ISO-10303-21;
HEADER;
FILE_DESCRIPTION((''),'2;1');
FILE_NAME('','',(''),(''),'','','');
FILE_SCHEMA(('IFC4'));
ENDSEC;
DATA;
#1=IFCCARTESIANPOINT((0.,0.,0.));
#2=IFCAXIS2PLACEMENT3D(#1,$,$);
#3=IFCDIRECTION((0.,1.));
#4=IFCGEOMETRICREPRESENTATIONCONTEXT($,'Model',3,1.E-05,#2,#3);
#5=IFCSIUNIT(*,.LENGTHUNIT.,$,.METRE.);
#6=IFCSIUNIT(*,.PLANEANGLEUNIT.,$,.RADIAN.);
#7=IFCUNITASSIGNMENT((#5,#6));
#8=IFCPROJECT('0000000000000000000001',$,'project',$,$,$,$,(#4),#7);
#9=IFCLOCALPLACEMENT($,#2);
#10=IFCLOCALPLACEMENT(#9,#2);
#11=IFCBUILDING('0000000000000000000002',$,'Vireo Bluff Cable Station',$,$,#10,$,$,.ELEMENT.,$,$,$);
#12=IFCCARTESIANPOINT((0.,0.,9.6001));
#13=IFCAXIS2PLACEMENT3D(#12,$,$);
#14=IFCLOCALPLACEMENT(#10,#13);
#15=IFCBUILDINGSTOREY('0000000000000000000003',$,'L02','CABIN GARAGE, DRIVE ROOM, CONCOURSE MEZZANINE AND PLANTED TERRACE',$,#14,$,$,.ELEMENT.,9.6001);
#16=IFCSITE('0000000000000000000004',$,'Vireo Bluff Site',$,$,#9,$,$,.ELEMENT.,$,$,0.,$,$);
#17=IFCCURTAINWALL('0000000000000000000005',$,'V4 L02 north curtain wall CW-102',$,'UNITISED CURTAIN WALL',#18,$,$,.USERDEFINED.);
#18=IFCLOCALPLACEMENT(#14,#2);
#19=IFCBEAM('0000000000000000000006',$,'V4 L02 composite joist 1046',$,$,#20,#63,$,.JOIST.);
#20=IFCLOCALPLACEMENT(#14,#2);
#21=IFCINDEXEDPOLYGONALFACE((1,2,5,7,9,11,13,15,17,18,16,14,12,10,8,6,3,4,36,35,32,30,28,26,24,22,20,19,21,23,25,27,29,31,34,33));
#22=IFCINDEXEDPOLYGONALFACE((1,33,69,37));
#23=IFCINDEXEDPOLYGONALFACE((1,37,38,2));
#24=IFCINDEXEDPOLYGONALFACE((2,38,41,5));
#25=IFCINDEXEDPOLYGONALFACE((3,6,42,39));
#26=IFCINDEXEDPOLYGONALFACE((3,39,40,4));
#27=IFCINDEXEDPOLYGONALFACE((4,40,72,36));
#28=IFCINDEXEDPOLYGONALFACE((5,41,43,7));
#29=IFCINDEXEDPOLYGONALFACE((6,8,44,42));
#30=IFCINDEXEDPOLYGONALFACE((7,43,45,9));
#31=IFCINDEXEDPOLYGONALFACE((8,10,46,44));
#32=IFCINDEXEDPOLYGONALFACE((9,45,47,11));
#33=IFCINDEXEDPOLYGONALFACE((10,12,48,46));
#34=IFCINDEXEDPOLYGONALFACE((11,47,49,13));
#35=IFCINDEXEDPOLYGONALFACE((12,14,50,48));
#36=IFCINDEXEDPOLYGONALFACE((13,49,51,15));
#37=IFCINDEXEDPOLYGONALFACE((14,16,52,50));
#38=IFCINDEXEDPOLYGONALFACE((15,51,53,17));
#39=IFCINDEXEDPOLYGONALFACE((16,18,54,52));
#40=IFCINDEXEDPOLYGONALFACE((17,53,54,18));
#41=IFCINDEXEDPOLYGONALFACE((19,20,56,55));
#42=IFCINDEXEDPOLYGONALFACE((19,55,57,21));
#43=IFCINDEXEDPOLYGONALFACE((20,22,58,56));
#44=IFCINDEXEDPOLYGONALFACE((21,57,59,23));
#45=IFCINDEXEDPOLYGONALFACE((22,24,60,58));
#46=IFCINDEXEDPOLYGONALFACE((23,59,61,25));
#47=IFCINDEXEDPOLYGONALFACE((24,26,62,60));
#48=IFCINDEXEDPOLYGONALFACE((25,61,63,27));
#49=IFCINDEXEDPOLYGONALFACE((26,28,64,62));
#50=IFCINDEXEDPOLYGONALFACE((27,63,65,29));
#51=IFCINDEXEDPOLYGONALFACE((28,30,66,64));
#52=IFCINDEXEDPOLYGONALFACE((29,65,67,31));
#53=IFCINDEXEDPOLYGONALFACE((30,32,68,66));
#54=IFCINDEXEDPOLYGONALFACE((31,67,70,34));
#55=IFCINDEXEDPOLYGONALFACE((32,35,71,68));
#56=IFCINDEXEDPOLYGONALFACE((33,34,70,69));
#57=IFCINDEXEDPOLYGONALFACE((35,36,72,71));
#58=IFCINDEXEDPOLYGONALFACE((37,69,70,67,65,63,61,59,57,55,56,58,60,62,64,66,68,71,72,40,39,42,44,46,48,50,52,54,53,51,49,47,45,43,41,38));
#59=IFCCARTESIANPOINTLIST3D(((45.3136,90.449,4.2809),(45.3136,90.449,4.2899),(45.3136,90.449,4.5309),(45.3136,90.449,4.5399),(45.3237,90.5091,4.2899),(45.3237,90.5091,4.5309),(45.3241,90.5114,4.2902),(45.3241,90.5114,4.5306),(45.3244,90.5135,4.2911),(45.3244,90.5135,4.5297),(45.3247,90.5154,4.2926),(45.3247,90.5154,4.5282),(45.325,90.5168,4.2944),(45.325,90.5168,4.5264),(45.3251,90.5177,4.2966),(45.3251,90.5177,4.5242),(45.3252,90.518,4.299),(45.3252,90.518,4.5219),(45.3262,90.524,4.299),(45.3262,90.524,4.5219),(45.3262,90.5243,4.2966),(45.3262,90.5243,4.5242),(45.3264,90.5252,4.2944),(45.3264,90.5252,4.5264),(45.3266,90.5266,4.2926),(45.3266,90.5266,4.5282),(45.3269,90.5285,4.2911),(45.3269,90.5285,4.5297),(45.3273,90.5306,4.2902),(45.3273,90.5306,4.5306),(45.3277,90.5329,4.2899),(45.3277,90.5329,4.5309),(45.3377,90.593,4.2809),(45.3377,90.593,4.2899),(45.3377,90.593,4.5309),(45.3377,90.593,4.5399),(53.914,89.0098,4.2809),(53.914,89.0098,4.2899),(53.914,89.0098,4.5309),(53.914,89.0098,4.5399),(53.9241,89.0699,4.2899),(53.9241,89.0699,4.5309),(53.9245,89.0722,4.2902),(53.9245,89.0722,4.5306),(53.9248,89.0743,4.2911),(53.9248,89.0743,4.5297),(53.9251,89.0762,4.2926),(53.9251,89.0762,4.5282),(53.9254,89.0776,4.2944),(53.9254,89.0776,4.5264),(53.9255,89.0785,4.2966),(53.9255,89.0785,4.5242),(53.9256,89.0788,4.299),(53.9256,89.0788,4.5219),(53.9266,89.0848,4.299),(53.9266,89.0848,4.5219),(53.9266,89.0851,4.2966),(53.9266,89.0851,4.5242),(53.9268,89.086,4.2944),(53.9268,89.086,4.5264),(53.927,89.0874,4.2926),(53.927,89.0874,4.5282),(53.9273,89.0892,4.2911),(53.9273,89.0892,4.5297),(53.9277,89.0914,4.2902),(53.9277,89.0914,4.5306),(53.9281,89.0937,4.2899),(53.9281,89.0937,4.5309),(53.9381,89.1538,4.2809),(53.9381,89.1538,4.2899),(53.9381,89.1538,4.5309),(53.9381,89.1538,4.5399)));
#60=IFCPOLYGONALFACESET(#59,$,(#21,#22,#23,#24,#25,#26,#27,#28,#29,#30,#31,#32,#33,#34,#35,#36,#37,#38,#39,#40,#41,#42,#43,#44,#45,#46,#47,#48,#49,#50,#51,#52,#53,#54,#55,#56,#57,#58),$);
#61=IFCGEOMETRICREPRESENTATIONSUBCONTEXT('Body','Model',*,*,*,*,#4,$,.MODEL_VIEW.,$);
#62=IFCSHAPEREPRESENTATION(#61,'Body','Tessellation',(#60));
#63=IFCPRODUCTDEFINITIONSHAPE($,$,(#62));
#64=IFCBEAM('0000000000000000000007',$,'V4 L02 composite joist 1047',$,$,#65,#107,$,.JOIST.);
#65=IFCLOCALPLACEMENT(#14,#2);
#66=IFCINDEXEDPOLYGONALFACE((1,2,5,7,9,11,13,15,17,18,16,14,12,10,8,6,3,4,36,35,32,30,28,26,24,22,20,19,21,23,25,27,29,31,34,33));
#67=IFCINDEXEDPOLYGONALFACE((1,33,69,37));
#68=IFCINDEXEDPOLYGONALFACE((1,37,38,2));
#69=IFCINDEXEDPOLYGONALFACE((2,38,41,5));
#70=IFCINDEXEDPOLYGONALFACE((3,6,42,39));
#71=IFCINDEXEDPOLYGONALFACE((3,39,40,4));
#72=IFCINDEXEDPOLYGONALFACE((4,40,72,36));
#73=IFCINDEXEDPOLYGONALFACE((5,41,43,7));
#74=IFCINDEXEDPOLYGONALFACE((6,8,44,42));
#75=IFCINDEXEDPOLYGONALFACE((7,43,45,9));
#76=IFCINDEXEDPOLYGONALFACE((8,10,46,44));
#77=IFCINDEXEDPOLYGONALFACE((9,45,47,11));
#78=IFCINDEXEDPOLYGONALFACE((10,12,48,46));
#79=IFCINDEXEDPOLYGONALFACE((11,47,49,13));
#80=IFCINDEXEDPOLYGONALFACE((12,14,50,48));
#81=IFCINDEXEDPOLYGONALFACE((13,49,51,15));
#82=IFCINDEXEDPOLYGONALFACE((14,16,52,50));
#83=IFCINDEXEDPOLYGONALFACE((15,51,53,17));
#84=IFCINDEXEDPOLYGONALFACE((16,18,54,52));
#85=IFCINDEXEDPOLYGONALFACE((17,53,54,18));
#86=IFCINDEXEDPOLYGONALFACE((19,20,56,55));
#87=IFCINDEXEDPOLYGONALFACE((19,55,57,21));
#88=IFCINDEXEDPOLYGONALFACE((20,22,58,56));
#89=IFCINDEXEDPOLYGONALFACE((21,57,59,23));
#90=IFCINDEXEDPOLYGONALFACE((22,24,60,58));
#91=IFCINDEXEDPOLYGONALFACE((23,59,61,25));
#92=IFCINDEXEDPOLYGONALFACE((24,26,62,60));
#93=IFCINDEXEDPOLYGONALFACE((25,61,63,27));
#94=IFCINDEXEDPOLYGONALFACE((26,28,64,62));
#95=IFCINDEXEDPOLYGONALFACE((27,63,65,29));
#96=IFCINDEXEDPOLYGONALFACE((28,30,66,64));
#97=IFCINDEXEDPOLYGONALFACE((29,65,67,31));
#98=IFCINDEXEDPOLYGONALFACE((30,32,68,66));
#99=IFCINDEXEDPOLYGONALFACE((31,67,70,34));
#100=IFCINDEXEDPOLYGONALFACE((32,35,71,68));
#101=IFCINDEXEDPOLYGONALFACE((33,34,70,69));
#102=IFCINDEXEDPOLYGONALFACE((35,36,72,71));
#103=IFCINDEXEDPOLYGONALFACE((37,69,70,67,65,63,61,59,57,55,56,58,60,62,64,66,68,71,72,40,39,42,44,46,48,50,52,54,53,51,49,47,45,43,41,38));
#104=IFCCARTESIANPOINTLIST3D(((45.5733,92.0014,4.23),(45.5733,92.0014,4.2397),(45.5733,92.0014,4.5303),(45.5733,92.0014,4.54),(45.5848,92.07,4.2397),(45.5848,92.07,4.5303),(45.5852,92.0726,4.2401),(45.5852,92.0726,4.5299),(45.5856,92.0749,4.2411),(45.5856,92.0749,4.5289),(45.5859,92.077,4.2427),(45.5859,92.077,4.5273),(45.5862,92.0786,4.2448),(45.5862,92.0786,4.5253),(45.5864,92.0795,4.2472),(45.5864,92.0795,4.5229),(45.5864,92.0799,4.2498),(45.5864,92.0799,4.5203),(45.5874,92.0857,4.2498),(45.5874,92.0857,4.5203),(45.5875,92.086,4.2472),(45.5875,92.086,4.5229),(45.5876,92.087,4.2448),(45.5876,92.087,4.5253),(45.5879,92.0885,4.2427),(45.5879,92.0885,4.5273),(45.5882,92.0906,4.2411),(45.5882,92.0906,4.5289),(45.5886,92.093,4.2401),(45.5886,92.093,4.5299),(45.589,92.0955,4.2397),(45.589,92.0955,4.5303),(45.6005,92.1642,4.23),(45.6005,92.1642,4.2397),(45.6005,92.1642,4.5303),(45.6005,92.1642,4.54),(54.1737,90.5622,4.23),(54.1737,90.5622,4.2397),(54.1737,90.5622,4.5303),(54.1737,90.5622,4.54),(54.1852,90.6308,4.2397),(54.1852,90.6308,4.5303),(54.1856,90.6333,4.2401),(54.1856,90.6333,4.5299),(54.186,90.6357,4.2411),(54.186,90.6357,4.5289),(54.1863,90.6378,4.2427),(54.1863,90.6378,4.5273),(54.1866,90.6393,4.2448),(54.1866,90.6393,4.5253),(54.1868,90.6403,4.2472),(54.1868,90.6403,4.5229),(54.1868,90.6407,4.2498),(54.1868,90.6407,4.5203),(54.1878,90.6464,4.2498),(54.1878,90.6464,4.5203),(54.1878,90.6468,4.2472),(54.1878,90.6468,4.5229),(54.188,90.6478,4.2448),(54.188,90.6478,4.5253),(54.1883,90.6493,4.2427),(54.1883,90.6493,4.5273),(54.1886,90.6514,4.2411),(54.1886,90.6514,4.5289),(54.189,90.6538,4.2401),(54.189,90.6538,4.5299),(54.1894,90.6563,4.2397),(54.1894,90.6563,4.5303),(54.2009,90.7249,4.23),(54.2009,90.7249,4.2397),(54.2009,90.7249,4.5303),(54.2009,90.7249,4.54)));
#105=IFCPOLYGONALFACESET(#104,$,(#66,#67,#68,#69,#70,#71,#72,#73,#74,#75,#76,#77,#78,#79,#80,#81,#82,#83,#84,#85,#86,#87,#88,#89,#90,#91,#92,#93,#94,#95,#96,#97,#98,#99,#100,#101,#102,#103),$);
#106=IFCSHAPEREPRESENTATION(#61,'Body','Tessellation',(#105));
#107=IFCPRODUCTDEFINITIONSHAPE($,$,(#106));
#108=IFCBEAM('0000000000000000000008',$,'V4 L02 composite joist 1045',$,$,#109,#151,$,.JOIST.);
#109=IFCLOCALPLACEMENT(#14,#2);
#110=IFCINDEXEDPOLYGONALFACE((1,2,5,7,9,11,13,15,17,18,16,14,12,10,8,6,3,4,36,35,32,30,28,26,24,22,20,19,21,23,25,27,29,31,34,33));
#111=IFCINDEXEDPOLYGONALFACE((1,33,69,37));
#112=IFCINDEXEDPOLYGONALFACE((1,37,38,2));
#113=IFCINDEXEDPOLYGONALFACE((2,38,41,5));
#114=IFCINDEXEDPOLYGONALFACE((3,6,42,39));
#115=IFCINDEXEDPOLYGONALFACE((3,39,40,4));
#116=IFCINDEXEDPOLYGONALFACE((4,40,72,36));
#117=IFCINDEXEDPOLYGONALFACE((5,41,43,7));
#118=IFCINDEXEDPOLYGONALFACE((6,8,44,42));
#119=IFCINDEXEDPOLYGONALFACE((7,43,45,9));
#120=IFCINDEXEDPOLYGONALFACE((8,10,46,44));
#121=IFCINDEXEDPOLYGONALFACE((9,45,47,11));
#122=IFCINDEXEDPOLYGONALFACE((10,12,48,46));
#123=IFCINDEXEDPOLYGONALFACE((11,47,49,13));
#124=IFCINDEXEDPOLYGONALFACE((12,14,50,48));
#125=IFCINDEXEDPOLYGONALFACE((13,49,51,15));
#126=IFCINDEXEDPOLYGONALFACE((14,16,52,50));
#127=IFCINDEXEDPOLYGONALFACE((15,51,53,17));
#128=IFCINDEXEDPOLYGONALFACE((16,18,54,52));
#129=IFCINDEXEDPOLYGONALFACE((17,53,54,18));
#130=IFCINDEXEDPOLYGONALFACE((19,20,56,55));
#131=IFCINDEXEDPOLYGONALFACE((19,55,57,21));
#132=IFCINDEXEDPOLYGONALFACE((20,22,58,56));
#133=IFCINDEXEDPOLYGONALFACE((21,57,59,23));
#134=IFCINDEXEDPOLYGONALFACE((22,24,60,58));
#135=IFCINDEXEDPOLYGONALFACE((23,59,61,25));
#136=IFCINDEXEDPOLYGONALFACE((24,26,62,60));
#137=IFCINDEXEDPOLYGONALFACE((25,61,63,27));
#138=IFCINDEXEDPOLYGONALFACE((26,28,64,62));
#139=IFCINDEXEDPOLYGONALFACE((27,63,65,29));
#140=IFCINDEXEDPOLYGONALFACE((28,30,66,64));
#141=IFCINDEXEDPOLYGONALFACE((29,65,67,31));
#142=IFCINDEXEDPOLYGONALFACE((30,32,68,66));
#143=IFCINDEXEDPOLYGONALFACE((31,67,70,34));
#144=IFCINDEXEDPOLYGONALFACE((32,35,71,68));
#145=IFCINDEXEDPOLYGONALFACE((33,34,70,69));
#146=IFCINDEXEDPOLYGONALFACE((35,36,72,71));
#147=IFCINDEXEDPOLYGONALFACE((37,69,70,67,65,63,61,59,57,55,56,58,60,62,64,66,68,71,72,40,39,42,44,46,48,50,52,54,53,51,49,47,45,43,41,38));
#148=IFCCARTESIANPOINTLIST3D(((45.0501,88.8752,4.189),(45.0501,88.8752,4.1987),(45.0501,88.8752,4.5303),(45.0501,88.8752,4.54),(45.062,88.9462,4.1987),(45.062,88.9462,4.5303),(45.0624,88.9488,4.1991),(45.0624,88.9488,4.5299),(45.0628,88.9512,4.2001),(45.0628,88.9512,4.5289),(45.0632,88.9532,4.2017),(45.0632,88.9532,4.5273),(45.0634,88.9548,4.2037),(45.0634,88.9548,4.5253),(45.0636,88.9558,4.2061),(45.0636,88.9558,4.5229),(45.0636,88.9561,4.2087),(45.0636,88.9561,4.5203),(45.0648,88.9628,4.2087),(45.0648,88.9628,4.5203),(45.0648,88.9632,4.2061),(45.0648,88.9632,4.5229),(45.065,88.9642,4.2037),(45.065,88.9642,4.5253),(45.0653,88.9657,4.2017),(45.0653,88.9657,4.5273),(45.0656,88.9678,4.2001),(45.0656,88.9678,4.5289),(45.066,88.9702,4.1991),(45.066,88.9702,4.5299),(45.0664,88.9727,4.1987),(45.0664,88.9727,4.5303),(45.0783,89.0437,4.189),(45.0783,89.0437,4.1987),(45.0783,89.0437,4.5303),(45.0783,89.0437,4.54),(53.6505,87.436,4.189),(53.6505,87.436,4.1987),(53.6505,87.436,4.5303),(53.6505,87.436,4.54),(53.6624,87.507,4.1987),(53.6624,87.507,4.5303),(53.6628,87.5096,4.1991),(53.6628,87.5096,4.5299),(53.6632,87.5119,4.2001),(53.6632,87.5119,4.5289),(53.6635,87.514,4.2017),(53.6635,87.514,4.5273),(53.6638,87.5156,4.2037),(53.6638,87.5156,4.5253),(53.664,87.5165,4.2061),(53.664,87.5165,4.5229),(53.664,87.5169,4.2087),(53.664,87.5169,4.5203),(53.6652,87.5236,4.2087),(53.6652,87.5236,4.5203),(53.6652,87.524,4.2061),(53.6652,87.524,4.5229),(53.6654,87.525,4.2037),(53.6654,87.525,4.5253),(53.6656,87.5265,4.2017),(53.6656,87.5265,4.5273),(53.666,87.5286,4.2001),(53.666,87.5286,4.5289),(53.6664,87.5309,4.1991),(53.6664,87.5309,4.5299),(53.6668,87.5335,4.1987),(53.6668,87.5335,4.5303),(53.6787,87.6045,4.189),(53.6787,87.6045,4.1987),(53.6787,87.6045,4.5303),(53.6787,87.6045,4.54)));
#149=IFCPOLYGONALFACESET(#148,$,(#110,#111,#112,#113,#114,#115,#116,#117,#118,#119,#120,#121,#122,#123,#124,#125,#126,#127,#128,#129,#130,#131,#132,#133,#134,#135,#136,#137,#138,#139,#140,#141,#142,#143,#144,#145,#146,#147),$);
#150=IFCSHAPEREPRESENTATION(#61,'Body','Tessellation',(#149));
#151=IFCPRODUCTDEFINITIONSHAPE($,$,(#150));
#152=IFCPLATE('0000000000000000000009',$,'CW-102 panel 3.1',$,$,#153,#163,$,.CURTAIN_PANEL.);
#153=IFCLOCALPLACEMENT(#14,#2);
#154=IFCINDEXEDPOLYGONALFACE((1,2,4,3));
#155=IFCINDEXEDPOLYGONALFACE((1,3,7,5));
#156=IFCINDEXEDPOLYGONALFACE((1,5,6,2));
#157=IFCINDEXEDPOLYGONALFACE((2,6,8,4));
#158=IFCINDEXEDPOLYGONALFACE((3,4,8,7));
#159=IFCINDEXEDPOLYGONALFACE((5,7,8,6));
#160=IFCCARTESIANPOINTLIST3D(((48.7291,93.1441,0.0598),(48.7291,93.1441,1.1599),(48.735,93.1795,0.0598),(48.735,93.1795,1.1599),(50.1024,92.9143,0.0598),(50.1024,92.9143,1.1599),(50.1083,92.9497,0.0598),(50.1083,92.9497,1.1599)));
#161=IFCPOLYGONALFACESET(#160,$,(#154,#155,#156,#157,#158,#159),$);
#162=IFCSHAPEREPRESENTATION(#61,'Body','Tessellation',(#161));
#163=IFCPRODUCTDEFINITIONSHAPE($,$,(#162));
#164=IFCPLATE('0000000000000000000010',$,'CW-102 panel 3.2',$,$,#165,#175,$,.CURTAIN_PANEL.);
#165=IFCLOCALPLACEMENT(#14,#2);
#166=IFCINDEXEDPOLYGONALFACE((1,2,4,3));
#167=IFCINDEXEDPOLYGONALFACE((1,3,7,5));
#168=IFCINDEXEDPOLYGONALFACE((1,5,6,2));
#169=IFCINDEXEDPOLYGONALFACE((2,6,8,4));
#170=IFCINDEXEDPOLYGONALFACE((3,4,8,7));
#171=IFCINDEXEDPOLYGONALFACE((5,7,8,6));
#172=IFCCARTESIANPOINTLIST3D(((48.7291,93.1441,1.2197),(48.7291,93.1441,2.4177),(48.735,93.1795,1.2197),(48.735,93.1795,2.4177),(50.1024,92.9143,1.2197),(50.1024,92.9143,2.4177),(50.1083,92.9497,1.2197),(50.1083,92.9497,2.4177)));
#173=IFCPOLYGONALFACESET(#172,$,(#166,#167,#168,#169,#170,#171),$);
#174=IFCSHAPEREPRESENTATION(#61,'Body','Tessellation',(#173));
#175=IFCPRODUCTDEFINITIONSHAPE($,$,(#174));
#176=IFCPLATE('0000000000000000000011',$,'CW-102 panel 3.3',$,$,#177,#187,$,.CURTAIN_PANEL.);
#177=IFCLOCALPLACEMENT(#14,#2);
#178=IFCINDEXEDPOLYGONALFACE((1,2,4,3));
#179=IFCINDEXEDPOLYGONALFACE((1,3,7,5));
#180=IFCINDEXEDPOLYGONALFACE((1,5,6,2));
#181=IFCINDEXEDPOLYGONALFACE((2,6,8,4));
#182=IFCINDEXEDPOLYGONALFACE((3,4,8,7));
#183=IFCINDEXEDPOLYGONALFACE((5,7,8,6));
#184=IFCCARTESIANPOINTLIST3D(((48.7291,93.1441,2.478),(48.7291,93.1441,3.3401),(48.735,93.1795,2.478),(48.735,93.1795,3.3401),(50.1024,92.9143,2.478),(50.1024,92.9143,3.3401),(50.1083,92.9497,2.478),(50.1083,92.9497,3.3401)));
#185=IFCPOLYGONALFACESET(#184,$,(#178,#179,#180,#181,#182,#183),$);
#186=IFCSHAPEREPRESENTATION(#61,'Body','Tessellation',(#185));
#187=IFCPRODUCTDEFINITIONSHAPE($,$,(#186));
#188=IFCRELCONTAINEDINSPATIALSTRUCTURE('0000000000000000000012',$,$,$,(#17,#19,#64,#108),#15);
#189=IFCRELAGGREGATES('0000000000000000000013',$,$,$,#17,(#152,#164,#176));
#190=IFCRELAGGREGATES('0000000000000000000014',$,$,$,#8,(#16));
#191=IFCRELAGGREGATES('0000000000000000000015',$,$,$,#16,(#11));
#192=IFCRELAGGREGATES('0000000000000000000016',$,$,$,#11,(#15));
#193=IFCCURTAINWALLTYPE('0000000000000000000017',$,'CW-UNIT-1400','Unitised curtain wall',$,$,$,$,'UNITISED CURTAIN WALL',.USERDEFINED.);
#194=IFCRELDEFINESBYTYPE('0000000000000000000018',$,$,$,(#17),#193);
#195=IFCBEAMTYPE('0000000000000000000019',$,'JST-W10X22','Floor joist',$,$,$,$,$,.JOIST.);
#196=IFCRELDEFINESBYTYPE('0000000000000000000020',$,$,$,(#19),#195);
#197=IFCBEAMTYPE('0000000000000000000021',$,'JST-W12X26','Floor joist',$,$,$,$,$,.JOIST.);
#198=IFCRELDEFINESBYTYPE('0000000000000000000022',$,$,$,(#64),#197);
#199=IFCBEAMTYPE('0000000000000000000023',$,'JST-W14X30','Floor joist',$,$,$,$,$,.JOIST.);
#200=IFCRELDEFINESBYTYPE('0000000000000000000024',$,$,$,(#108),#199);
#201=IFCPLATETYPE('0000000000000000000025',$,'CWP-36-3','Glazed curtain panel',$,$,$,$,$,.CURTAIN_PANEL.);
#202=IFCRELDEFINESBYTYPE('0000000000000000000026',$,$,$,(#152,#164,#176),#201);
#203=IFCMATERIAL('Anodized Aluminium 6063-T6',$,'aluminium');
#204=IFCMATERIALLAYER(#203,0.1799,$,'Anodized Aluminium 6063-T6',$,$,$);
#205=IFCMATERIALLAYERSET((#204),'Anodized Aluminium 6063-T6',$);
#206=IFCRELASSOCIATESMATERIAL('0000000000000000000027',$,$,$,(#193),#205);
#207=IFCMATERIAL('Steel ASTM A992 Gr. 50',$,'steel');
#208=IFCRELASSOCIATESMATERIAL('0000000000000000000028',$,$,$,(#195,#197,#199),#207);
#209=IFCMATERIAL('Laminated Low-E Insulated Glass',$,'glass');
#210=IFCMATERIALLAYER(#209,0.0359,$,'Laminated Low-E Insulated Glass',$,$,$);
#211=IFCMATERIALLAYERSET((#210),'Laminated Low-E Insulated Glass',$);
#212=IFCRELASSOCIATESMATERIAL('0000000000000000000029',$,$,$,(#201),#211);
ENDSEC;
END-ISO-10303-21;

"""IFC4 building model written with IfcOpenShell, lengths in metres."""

from ifc_helpers import new_model, si_unit, direction, frame, origin, origin_2d, place, context, subcontext, project, spatial, rectangle, i_section, extrude, material, layer, layer_set, material_profile, profile_set, type_object, element, aggregate, save


model = new_model("IFC4")

# Units and contexts
model_context = context("Model", 3, precision=1e-05, world=origin(), true_north=direction((0.0, 1.0)))
body_context = subcontext(model_context, "Body", "Model", "MODEL_VIEW")
ifc_project = project(units=[si_unit("LENGTHUNIT", "METRE"), si_unit("PLANEANGLEUNIT", "RADIAN")], contexts=[model_context])

# Site, building, storey
site_placement = place(None, origin())
site = spatial("IfcSite", under=ifc_project, at=site_placement, Name="Vireo Bluff Site", CompositionType="ELEMENT", RefElevation=0.0)
building_placement = place(site_placement, origin())
building = spatial("IfcBuilding", under=site, at=building_placement, Name="Vireo Bluff Cable Station", CompositionType="ELEMENT")
storey_placement = place(building_placement, frame((0.0, 0.0, 9.6001)))
storey = spatial("IfcBuildingStorey", under=building, at=storey_placement, Name="L02", Description="CABIN GARAGE, DRIVE ROOM, CONCOURSE MEZZANINE AND PLANTED TERRACE", CompositionType="ELEMENT", Elevation=9.6001)

# Curtain wall
ifc_material_1 = material(Name="Anodized Aluminium 6063-T6", Category="aluminium")
ifc_layer_1 = layer(ifc_material_1, 0.1799, Name="Anodized Aluminium 6063-T6")
ifc_layer_set_1 = layer_set([ifc_layer_1], Name="Anodized Aluminium 6063-T6")
curtain_wall_type = type_object("IfcCurtainWallType", Name="CW-UNIT-1400", Description="Unitised curtain wall", ElementType="UNITISED CURTAIN WALL", PredefinedType="USERDEFINED", material=ifc_layer_set_1)
curtain_wall_placement = place(storey_placement, origin())
curtain_wall = element("IfcCurtainWall", 1, at=curtain_wall_placement, inside=storey, type_object=curtain_wall_type, Name="V4 L02 north curtain wall CW-102", ObjectType="UNITISED CURTAIN WALL", PredefinedType="USERDEFINED")

# Beams
ifc_material_2 = material(Name="Steel ASTM A992 Gr. 50", Category="steel")
ifc_material_profile_1 = material_profile(ifc_material_2, i_section(OverallWidth=0.146, OverallDepth=0.259, WebThickness=0.0061, FlangeThickness=0.009, FilletRadius=0.009, at=origin_2d()), Name="W10X22")
ifc_profile_set_1 = profile_set([ifc_material_profile_1], Name="Steel ASTM A992 Gr. 50")
beam_type_1 = type_object("IfcBeamType", Name="JST-W10X22", Description="Floor joist", PredefinedType="JOIST", material=ifc_profile_set_1)
beam_1_placement = place(storey_placement, frame((45.3257, 90.521, 4.4104), z_axis=(0.986286, -0.165048, 0.0), x_axis=(0.165048, 0.986286, 0.0)))
element("IfcBeam", 2, at=beam_1_placement, inside=storey, type_object=beam_type_1, Name="V4 L02 composite joist 1046", PredefinedType="JOIST", context=body_context, shape_type="SweptSolid", body=[
    extrude(i_section(OverallWidth=0.146, OverallDepth=0.259, WebThickness=0.0061, FlangeThickness=0.009, FilletRadius=0.009, at=origin_2d()), origin(), (0.0, 0.0, 1.0), 8.72),
])
ifc_material_profile_2 = material_profile(ifc_material_2, i_section(OverallWidth=0.165, OverallDepth=0.3101, WebThickness=0.0059, FlangeThickness=0.0098, FilletRadius=0.01, at=origin_2d()), Name="W12X26")
ifc_profile_set_2 = profile_set([ifc_material_profile_2], Name="Steel ASTM A992 Gr. 50")
beam_type_2 = type_object("IfcBeamType", Name="JST-W12X26", Description="Floor joist", PredefinedType="JOIST", material=ifc_profile_set_2)
beam_2_placement = place(storey_placement, frame((45.5869, 92.0828, 4.385), z_axis=(0.986286, -0.165048, 0.0), x_axis=(0.165048, 0.986286, 0.0)))
element("IfcBeam", 3, at=beam_2_placement, inside=storey, type_object=beam_type_2, Name="V4 L02 composite joist 1047", PredefinedType="JOIST", context=body_context, shape_type="SweptSolid", body=[
    extrude(i_section(OverallWidth=0.165, OverallDepth=0.3101, WebThickness=0.0059, FlangeThickness=0.0098, FilletRadius=0.01, at=origin_2d()), origin(), (0.0, 0.0, 1.0), 8.72),
])
ifc_material_profile_3 = material_profile(ifc_material_2, i_section(OverallWidth=0.1709, OverallDepth=0.3511, WebThickness=0.0068, FlangeThickness=0.0098, FilletRadius=0.01, at=origin_2d()), Name="W14X30")
ifc_profile_set_3 = profile_set([ifc_material_profile_3], Name="Steel ASTM A992 Gr. 50")
beam_type_3 = type_object("IfcBeamType", Name="JST-W14X30", Description="Floor joist", PredefinedType="JOIST", material=ifc_profile_set_3)
beam_3_placement = place(storey_placement, frame((45.0642, 88.9595, 4.3645), z_axis=(0.986286, -0.165048, 0.0), x_axis=(0.165048, 0.986286, 0.0)))
element("IfcBeam", 4, at=beam_3_placement, inside=storey, type_object=beam_type_3, Name="V4 L02 composite joist 1045", PredefinedType="JOIST", context=body_context, shape_type="SweptSolid", body=[
    extrude(i_section(OverallWidth=0.1709, OverallDepth=0.3511, WebThickness=0.0068, FlangeThickness=0.0098, FilletRadius=0.01, at=origin_2d()), origin(), (0.0, 0.0, 1.0), 8.72),
])

# Plates
ifc_material_3 = material(Name="Laminated Low-E Insulated Glass", Category="glass")
ifc_layer_2 = layer(ifc_material_3, 0.0359, Name="Laminated Low-E Insulated Glass")
ifc_layer_set_2 = layer_set([ifc_layer_2], Name="Laminated Low-E Insulated Glass")
plate_type = type_object("IfcPlateType", Name="CWP-36-3", Description="Glazed curtain panel", PredefinedType="CURTAIN_PANEL", material=ifc_layer_set_2)
plate_1_placement = place(storey_placement, frame((49.4187, 93.0469, 0.0598), z_axis=(0.0, 0.0, 1.0), x_axis=(0.986286, -0.165048, 0.0)))
plate_1 = element("IfcPlate", 5, at=plate_1_placement, type_object=plate_type, Name="CW-102 panel 3.1", PredefinedType="CURTAIN_PANEL", context=body_context, shape_type="SweptSolid", body=[
    extrude(rectangle(XDim=1.3923, YDim=0.0359, at=origin_2d()), origin(), (0.0, 0.0, 1.0), 1.1001),
])
plate_2_placement = place(storey_placement, frame((49.4187, 93.0469, 1.2197), z_axis=(0.0, 0.0, 1.0), x_axis=(0.986286, -0.165048, 0.0)))
plate_2 = element("IfcPlate", 6, at=plate_2_placement, type_object=plate_type, Name="CW-102 panel 3.2", PredefinedType="CURTAIN_PANEL", context=body_context, shape_type="SweptSolid", body=[
    extrude(rectangle(XDim=1.3923, YDim=0.0359, at=origin_2d()), origin(), (0.0, 0.0, 1.0), 1.198),
])
plate_3_placement = place(storey_placement, frame((49.4187, 93.0469, 2.478), z_axis=(0.0, 0.0, 1.0), x_axis=(0.986286, -0.165048, 0.0)))
plate_3 = element("IfcPlate", 7, at=plate_3_placement, type_object=plate_type, Name="CW-102 panel 3.3", PredefinedType="CURTAIN_PANEL", context=body_context, shape_type="SweptSolid", body=[
    extrude(rectangle(XDim=1.3923, YDim=0.0359, at=origin_2d()), origin(), (0.0, 0.0, 1.0), 0.8621),
])
aggregate(curtain_wall, [plate_1, plate_2, plate_3])

save(model, "model.ifc")
